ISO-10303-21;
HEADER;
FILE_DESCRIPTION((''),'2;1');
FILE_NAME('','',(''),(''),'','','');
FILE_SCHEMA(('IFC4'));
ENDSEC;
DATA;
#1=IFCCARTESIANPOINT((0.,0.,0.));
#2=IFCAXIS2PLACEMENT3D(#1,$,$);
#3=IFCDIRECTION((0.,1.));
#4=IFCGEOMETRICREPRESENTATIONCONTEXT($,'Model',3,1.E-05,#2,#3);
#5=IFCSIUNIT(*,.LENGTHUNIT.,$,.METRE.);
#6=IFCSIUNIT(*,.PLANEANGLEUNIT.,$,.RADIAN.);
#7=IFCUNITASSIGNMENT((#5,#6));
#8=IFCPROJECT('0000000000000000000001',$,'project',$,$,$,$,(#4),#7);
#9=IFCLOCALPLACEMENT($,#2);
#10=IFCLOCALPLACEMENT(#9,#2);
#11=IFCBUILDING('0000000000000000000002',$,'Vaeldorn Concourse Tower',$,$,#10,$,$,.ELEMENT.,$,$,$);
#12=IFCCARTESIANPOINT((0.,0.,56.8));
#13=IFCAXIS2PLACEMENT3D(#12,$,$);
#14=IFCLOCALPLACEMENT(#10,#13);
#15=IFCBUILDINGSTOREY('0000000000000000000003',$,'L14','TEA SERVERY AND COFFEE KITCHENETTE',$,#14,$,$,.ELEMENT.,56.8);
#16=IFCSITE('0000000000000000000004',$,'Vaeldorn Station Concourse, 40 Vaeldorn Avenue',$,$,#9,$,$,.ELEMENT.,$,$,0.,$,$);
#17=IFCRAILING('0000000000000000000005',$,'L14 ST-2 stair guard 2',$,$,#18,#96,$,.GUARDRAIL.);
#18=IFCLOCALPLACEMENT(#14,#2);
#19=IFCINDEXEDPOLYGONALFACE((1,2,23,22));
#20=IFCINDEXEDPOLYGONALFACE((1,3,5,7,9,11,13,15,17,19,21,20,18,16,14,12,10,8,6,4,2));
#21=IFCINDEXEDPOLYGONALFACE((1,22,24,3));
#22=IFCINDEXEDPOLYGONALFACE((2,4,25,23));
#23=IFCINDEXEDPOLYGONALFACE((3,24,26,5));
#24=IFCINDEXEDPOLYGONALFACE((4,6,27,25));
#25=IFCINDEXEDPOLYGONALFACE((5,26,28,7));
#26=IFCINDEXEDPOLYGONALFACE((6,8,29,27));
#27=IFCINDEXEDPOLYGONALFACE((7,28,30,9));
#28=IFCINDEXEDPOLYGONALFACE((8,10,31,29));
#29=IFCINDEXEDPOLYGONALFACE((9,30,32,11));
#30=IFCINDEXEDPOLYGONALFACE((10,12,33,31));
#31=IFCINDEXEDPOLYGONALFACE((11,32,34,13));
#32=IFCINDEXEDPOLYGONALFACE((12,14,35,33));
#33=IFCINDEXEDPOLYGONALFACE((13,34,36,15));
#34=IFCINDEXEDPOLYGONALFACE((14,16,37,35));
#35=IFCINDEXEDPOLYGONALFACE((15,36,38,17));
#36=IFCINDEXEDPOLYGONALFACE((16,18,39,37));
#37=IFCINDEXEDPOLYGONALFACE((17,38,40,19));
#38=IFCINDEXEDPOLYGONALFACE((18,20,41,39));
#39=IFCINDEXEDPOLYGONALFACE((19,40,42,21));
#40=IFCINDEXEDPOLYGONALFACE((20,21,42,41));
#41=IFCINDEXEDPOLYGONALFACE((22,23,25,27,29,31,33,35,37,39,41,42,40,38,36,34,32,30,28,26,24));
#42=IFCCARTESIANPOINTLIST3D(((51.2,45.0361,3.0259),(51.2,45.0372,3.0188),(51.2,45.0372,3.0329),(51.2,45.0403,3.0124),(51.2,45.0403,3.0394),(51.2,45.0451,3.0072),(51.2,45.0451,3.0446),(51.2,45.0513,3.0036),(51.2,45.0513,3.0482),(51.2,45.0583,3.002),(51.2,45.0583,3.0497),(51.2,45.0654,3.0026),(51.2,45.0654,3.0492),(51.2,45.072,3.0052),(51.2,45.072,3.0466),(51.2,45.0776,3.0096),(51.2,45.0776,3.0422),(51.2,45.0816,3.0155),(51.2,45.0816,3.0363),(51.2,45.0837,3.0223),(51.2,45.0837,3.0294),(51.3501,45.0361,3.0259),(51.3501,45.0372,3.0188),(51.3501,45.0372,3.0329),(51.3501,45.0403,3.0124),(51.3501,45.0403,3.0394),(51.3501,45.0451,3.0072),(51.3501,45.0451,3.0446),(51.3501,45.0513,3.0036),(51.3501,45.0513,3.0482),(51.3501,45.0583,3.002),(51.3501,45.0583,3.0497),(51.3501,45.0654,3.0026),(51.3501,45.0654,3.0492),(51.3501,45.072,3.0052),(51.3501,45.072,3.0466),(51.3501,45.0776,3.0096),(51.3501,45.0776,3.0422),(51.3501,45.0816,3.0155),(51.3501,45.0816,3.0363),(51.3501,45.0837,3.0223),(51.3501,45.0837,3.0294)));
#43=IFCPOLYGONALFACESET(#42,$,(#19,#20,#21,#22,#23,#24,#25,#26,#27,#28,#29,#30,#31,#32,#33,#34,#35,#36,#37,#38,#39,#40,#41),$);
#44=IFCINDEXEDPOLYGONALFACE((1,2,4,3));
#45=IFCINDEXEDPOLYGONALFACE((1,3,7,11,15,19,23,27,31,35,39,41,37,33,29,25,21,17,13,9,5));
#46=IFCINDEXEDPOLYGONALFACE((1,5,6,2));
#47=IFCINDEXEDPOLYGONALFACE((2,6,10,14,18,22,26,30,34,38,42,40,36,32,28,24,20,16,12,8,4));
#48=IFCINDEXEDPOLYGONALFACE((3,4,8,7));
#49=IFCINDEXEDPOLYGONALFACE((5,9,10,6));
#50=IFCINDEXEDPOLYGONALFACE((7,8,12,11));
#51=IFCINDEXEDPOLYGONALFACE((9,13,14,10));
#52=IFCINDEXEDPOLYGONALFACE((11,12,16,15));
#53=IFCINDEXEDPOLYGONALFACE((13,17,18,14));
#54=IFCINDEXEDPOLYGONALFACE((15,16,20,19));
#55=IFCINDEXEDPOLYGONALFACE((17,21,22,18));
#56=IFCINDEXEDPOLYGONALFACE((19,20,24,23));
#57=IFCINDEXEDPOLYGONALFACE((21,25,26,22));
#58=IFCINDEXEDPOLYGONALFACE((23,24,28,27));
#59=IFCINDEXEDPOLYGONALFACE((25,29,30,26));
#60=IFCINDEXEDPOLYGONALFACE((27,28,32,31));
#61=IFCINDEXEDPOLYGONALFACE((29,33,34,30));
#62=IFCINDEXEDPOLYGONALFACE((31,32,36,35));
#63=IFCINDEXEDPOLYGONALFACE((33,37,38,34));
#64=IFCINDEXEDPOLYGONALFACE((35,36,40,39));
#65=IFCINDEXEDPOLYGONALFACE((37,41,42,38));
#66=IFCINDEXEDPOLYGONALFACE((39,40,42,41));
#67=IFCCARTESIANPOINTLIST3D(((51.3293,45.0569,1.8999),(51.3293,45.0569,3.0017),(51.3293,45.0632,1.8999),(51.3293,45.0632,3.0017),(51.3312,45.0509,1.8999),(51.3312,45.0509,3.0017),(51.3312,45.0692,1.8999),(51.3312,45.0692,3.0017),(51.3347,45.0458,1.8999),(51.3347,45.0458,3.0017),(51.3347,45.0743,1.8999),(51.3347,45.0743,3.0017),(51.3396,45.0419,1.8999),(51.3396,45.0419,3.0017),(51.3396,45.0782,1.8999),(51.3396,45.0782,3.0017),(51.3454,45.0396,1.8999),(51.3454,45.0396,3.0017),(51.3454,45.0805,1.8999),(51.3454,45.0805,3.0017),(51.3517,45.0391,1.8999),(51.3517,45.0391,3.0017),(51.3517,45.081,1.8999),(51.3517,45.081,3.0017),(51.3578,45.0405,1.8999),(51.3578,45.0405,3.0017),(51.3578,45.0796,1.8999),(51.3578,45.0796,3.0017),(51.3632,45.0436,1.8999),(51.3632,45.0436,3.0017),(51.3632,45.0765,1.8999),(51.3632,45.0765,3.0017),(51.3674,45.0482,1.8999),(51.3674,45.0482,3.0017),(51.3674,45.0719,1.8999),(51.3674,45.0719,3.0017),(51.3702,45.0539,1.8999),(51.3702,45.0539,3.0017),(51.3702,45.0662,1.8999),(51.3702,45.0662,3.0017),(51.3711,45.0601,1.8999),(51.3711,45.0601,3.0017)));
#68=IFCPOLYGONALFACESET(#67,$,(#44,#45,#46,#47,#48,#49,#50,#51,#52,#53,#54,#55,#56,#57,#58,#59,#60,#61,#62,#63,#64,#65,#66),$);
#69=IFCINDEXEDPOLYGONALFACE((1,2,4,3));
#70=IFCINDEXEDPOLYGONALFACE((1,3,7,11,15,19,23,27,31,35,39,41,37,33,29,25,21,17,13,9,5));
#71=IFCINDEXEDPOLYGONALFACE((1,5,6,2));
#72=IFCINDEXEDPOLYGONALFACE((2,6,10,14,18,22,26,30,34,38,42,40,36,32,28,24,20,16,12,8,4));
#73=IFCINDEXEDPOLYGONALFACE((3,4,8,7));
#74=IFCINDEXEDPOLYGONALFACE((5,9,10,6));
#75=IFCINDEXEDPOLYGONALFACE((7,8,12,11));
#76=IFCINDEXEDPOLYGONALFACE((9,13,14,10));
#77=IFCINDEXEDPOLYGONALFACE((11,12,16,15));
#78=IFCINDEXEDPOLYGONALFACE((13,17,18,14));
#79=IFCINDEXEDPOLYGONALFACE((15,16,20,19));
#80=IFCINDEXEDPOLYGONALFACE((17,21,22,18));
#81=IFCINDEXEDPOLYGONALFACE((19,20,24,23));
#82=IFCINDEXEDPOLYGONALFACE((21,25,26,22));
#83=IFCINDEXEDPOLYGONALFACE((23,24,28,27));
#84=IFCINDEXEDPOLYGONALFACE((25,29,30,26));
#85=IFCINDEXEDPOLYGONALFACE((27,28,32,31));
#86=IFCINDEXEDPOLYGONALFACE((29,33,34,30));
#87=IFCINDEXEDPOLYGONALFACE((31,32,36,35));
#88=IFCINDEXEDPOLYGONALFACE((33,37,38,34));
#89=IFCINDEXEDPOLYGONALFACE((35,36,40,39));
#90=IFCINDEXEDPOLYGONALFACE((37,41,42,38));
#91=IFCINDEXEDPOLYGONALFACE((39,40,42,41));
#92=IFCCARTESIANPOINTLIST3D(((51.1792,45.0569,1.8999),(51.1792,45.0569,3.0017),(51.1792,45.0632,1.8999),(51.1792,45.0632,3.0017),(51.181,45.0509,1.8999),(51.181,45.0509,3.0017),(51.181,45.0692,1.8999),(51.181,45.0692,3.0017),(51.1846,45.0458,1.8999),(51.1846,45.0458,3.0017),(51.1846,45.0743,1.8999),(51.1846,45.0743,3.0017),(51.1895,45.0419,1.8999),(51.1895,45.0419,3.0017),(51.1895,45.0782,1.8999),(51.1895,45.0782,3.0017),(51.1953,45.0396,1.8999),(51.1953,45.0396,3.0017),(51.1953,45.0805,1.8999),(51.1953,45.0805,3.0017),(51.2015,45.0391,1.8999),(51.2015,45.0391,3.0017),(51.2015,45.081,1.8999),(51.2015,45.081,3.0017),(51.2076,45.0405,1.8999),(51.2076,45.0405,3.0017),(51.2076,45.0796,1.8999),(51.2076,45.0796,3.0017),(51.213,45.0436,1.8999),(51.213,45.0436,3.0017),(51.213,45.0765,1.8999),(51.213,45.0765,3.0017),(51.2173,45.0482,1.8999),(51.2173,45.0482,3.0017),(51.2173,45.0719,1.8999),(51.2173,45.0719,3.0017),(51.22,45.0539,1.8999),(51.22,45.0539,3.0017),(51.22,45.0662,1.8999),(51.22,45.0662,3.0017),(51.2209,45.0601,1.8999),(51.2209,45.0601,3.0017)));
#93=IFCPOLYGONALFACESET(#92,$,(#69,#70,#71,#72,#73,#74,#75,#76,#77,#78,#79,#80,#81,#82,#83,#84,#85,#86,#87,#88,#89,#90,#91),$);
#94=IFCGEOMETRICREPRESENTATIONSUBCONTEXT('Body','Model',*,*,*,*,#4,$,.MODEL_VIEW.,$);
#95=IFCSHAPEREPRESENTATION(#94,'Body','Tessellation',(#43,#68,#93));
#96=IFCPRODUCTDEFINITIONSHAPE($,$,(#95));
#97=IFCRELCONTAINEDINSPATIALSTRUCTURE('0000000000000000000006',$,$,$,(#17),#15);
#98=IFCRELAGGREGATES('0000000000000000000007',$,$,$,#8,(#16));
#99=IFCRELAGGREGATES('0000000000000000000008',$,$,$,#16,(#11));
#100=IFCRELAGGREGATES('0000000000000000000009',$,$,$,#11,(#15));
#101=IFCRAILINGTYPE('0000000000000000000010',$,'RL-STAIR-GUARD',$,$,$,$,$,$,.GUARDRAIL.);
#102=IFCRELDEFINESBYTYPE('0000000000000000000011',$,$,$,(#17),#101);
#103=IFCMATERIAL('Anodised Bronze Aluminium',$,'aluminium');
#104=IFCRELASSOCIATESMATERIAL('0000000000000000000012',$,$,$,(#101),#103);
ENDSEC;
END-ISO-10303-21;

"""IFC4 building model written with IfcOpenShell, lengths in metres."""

from ifc_helpers import new_model, si_unit, direction, frame, origin, origin_2d, place, context, subcontext, project, spatial, circle, extrude, material, type_object, element, save


model = new_model("IFC4")

# Units and contexts
model_context = context("Model", 3, precision=1e-05, world=origin(), true_north=direction((0.0, 1.0)))
body_context = subcontext(model_context, "Body", "Model", "MODEL_VIEW")
ifc_project = project(units=[si_unit("LENGTHUNIT", "METRE"), si_unit("PLANEANGLEUNIT", "RADIAN")], contexts=[model_context])

# Site, building, storey
site_placement = place(None, origin())
site = spatial("IfcSite", under=ifc_project, at=site_placement, Name="Vaeldorn Station Concourse, 40 Vaeldorn Avenue", CompositionType="ELEMENT", RefElevation=0.0)
building_placement = place(site_placement, origin())
building = spatial("IfcBuilding", under=site, at=building_placement, Name="Vaeldorn Concourse Tower", CompositionType="ELEMENT")
storey_placement = place(building_placement, frame((0.0, 0.0, 56.8)))
storey = spatial("IfcBuildingStorey", under=building, at=storey_placement, Name="L14", Description="TEA SERVERY AND COFFEE KITCHENETTE", CompositionType="ELEMENT", Elevation=56.8)

# Shared definitions
ifc_material_1 = material(Name="Anodised Bronze Aluminium", Category="aluminium")

# Railing
railing_type_1 = type_object("IfcRailingType", Name="RL-STAIR-GUARD", PredefinedType="GUARDRAIL", material=ifc_material_1)
railing_1_placement = place(storey_placement, frame((51.3501, 45.0601, 1.8999)))
element("IfcRailing", 1, at=railing_1_placement, inside=storey, type_object=railing_type_1, Name="L14 ST-2 stair guard 2", PredefinedType="GUARDRAIL", context=body_context, shape_type="SweptSolid", body=[
    extrude(circle(Radius=0.0239, at=origin_2d()), frame((0.0, 0.0, 1.126), z_axis=(-1.0, 0.0, 0.0), x_axis=(0.0, -1.0, 0.0)), (0.0, 0.0, 1.0), 0.1501),
    extrude(circle(Radius=0.021, at=origin_2d()), origin(), (0.0, 0.0, 1.0), 1.1018),
    extrude(circle(Radius=0.021, at=origin_2d()), frame((-0.1501, 0.0, 0.0)), (0.0, 0.0, 1.0), 1.1018),
])

save(model, "model.ifc")
